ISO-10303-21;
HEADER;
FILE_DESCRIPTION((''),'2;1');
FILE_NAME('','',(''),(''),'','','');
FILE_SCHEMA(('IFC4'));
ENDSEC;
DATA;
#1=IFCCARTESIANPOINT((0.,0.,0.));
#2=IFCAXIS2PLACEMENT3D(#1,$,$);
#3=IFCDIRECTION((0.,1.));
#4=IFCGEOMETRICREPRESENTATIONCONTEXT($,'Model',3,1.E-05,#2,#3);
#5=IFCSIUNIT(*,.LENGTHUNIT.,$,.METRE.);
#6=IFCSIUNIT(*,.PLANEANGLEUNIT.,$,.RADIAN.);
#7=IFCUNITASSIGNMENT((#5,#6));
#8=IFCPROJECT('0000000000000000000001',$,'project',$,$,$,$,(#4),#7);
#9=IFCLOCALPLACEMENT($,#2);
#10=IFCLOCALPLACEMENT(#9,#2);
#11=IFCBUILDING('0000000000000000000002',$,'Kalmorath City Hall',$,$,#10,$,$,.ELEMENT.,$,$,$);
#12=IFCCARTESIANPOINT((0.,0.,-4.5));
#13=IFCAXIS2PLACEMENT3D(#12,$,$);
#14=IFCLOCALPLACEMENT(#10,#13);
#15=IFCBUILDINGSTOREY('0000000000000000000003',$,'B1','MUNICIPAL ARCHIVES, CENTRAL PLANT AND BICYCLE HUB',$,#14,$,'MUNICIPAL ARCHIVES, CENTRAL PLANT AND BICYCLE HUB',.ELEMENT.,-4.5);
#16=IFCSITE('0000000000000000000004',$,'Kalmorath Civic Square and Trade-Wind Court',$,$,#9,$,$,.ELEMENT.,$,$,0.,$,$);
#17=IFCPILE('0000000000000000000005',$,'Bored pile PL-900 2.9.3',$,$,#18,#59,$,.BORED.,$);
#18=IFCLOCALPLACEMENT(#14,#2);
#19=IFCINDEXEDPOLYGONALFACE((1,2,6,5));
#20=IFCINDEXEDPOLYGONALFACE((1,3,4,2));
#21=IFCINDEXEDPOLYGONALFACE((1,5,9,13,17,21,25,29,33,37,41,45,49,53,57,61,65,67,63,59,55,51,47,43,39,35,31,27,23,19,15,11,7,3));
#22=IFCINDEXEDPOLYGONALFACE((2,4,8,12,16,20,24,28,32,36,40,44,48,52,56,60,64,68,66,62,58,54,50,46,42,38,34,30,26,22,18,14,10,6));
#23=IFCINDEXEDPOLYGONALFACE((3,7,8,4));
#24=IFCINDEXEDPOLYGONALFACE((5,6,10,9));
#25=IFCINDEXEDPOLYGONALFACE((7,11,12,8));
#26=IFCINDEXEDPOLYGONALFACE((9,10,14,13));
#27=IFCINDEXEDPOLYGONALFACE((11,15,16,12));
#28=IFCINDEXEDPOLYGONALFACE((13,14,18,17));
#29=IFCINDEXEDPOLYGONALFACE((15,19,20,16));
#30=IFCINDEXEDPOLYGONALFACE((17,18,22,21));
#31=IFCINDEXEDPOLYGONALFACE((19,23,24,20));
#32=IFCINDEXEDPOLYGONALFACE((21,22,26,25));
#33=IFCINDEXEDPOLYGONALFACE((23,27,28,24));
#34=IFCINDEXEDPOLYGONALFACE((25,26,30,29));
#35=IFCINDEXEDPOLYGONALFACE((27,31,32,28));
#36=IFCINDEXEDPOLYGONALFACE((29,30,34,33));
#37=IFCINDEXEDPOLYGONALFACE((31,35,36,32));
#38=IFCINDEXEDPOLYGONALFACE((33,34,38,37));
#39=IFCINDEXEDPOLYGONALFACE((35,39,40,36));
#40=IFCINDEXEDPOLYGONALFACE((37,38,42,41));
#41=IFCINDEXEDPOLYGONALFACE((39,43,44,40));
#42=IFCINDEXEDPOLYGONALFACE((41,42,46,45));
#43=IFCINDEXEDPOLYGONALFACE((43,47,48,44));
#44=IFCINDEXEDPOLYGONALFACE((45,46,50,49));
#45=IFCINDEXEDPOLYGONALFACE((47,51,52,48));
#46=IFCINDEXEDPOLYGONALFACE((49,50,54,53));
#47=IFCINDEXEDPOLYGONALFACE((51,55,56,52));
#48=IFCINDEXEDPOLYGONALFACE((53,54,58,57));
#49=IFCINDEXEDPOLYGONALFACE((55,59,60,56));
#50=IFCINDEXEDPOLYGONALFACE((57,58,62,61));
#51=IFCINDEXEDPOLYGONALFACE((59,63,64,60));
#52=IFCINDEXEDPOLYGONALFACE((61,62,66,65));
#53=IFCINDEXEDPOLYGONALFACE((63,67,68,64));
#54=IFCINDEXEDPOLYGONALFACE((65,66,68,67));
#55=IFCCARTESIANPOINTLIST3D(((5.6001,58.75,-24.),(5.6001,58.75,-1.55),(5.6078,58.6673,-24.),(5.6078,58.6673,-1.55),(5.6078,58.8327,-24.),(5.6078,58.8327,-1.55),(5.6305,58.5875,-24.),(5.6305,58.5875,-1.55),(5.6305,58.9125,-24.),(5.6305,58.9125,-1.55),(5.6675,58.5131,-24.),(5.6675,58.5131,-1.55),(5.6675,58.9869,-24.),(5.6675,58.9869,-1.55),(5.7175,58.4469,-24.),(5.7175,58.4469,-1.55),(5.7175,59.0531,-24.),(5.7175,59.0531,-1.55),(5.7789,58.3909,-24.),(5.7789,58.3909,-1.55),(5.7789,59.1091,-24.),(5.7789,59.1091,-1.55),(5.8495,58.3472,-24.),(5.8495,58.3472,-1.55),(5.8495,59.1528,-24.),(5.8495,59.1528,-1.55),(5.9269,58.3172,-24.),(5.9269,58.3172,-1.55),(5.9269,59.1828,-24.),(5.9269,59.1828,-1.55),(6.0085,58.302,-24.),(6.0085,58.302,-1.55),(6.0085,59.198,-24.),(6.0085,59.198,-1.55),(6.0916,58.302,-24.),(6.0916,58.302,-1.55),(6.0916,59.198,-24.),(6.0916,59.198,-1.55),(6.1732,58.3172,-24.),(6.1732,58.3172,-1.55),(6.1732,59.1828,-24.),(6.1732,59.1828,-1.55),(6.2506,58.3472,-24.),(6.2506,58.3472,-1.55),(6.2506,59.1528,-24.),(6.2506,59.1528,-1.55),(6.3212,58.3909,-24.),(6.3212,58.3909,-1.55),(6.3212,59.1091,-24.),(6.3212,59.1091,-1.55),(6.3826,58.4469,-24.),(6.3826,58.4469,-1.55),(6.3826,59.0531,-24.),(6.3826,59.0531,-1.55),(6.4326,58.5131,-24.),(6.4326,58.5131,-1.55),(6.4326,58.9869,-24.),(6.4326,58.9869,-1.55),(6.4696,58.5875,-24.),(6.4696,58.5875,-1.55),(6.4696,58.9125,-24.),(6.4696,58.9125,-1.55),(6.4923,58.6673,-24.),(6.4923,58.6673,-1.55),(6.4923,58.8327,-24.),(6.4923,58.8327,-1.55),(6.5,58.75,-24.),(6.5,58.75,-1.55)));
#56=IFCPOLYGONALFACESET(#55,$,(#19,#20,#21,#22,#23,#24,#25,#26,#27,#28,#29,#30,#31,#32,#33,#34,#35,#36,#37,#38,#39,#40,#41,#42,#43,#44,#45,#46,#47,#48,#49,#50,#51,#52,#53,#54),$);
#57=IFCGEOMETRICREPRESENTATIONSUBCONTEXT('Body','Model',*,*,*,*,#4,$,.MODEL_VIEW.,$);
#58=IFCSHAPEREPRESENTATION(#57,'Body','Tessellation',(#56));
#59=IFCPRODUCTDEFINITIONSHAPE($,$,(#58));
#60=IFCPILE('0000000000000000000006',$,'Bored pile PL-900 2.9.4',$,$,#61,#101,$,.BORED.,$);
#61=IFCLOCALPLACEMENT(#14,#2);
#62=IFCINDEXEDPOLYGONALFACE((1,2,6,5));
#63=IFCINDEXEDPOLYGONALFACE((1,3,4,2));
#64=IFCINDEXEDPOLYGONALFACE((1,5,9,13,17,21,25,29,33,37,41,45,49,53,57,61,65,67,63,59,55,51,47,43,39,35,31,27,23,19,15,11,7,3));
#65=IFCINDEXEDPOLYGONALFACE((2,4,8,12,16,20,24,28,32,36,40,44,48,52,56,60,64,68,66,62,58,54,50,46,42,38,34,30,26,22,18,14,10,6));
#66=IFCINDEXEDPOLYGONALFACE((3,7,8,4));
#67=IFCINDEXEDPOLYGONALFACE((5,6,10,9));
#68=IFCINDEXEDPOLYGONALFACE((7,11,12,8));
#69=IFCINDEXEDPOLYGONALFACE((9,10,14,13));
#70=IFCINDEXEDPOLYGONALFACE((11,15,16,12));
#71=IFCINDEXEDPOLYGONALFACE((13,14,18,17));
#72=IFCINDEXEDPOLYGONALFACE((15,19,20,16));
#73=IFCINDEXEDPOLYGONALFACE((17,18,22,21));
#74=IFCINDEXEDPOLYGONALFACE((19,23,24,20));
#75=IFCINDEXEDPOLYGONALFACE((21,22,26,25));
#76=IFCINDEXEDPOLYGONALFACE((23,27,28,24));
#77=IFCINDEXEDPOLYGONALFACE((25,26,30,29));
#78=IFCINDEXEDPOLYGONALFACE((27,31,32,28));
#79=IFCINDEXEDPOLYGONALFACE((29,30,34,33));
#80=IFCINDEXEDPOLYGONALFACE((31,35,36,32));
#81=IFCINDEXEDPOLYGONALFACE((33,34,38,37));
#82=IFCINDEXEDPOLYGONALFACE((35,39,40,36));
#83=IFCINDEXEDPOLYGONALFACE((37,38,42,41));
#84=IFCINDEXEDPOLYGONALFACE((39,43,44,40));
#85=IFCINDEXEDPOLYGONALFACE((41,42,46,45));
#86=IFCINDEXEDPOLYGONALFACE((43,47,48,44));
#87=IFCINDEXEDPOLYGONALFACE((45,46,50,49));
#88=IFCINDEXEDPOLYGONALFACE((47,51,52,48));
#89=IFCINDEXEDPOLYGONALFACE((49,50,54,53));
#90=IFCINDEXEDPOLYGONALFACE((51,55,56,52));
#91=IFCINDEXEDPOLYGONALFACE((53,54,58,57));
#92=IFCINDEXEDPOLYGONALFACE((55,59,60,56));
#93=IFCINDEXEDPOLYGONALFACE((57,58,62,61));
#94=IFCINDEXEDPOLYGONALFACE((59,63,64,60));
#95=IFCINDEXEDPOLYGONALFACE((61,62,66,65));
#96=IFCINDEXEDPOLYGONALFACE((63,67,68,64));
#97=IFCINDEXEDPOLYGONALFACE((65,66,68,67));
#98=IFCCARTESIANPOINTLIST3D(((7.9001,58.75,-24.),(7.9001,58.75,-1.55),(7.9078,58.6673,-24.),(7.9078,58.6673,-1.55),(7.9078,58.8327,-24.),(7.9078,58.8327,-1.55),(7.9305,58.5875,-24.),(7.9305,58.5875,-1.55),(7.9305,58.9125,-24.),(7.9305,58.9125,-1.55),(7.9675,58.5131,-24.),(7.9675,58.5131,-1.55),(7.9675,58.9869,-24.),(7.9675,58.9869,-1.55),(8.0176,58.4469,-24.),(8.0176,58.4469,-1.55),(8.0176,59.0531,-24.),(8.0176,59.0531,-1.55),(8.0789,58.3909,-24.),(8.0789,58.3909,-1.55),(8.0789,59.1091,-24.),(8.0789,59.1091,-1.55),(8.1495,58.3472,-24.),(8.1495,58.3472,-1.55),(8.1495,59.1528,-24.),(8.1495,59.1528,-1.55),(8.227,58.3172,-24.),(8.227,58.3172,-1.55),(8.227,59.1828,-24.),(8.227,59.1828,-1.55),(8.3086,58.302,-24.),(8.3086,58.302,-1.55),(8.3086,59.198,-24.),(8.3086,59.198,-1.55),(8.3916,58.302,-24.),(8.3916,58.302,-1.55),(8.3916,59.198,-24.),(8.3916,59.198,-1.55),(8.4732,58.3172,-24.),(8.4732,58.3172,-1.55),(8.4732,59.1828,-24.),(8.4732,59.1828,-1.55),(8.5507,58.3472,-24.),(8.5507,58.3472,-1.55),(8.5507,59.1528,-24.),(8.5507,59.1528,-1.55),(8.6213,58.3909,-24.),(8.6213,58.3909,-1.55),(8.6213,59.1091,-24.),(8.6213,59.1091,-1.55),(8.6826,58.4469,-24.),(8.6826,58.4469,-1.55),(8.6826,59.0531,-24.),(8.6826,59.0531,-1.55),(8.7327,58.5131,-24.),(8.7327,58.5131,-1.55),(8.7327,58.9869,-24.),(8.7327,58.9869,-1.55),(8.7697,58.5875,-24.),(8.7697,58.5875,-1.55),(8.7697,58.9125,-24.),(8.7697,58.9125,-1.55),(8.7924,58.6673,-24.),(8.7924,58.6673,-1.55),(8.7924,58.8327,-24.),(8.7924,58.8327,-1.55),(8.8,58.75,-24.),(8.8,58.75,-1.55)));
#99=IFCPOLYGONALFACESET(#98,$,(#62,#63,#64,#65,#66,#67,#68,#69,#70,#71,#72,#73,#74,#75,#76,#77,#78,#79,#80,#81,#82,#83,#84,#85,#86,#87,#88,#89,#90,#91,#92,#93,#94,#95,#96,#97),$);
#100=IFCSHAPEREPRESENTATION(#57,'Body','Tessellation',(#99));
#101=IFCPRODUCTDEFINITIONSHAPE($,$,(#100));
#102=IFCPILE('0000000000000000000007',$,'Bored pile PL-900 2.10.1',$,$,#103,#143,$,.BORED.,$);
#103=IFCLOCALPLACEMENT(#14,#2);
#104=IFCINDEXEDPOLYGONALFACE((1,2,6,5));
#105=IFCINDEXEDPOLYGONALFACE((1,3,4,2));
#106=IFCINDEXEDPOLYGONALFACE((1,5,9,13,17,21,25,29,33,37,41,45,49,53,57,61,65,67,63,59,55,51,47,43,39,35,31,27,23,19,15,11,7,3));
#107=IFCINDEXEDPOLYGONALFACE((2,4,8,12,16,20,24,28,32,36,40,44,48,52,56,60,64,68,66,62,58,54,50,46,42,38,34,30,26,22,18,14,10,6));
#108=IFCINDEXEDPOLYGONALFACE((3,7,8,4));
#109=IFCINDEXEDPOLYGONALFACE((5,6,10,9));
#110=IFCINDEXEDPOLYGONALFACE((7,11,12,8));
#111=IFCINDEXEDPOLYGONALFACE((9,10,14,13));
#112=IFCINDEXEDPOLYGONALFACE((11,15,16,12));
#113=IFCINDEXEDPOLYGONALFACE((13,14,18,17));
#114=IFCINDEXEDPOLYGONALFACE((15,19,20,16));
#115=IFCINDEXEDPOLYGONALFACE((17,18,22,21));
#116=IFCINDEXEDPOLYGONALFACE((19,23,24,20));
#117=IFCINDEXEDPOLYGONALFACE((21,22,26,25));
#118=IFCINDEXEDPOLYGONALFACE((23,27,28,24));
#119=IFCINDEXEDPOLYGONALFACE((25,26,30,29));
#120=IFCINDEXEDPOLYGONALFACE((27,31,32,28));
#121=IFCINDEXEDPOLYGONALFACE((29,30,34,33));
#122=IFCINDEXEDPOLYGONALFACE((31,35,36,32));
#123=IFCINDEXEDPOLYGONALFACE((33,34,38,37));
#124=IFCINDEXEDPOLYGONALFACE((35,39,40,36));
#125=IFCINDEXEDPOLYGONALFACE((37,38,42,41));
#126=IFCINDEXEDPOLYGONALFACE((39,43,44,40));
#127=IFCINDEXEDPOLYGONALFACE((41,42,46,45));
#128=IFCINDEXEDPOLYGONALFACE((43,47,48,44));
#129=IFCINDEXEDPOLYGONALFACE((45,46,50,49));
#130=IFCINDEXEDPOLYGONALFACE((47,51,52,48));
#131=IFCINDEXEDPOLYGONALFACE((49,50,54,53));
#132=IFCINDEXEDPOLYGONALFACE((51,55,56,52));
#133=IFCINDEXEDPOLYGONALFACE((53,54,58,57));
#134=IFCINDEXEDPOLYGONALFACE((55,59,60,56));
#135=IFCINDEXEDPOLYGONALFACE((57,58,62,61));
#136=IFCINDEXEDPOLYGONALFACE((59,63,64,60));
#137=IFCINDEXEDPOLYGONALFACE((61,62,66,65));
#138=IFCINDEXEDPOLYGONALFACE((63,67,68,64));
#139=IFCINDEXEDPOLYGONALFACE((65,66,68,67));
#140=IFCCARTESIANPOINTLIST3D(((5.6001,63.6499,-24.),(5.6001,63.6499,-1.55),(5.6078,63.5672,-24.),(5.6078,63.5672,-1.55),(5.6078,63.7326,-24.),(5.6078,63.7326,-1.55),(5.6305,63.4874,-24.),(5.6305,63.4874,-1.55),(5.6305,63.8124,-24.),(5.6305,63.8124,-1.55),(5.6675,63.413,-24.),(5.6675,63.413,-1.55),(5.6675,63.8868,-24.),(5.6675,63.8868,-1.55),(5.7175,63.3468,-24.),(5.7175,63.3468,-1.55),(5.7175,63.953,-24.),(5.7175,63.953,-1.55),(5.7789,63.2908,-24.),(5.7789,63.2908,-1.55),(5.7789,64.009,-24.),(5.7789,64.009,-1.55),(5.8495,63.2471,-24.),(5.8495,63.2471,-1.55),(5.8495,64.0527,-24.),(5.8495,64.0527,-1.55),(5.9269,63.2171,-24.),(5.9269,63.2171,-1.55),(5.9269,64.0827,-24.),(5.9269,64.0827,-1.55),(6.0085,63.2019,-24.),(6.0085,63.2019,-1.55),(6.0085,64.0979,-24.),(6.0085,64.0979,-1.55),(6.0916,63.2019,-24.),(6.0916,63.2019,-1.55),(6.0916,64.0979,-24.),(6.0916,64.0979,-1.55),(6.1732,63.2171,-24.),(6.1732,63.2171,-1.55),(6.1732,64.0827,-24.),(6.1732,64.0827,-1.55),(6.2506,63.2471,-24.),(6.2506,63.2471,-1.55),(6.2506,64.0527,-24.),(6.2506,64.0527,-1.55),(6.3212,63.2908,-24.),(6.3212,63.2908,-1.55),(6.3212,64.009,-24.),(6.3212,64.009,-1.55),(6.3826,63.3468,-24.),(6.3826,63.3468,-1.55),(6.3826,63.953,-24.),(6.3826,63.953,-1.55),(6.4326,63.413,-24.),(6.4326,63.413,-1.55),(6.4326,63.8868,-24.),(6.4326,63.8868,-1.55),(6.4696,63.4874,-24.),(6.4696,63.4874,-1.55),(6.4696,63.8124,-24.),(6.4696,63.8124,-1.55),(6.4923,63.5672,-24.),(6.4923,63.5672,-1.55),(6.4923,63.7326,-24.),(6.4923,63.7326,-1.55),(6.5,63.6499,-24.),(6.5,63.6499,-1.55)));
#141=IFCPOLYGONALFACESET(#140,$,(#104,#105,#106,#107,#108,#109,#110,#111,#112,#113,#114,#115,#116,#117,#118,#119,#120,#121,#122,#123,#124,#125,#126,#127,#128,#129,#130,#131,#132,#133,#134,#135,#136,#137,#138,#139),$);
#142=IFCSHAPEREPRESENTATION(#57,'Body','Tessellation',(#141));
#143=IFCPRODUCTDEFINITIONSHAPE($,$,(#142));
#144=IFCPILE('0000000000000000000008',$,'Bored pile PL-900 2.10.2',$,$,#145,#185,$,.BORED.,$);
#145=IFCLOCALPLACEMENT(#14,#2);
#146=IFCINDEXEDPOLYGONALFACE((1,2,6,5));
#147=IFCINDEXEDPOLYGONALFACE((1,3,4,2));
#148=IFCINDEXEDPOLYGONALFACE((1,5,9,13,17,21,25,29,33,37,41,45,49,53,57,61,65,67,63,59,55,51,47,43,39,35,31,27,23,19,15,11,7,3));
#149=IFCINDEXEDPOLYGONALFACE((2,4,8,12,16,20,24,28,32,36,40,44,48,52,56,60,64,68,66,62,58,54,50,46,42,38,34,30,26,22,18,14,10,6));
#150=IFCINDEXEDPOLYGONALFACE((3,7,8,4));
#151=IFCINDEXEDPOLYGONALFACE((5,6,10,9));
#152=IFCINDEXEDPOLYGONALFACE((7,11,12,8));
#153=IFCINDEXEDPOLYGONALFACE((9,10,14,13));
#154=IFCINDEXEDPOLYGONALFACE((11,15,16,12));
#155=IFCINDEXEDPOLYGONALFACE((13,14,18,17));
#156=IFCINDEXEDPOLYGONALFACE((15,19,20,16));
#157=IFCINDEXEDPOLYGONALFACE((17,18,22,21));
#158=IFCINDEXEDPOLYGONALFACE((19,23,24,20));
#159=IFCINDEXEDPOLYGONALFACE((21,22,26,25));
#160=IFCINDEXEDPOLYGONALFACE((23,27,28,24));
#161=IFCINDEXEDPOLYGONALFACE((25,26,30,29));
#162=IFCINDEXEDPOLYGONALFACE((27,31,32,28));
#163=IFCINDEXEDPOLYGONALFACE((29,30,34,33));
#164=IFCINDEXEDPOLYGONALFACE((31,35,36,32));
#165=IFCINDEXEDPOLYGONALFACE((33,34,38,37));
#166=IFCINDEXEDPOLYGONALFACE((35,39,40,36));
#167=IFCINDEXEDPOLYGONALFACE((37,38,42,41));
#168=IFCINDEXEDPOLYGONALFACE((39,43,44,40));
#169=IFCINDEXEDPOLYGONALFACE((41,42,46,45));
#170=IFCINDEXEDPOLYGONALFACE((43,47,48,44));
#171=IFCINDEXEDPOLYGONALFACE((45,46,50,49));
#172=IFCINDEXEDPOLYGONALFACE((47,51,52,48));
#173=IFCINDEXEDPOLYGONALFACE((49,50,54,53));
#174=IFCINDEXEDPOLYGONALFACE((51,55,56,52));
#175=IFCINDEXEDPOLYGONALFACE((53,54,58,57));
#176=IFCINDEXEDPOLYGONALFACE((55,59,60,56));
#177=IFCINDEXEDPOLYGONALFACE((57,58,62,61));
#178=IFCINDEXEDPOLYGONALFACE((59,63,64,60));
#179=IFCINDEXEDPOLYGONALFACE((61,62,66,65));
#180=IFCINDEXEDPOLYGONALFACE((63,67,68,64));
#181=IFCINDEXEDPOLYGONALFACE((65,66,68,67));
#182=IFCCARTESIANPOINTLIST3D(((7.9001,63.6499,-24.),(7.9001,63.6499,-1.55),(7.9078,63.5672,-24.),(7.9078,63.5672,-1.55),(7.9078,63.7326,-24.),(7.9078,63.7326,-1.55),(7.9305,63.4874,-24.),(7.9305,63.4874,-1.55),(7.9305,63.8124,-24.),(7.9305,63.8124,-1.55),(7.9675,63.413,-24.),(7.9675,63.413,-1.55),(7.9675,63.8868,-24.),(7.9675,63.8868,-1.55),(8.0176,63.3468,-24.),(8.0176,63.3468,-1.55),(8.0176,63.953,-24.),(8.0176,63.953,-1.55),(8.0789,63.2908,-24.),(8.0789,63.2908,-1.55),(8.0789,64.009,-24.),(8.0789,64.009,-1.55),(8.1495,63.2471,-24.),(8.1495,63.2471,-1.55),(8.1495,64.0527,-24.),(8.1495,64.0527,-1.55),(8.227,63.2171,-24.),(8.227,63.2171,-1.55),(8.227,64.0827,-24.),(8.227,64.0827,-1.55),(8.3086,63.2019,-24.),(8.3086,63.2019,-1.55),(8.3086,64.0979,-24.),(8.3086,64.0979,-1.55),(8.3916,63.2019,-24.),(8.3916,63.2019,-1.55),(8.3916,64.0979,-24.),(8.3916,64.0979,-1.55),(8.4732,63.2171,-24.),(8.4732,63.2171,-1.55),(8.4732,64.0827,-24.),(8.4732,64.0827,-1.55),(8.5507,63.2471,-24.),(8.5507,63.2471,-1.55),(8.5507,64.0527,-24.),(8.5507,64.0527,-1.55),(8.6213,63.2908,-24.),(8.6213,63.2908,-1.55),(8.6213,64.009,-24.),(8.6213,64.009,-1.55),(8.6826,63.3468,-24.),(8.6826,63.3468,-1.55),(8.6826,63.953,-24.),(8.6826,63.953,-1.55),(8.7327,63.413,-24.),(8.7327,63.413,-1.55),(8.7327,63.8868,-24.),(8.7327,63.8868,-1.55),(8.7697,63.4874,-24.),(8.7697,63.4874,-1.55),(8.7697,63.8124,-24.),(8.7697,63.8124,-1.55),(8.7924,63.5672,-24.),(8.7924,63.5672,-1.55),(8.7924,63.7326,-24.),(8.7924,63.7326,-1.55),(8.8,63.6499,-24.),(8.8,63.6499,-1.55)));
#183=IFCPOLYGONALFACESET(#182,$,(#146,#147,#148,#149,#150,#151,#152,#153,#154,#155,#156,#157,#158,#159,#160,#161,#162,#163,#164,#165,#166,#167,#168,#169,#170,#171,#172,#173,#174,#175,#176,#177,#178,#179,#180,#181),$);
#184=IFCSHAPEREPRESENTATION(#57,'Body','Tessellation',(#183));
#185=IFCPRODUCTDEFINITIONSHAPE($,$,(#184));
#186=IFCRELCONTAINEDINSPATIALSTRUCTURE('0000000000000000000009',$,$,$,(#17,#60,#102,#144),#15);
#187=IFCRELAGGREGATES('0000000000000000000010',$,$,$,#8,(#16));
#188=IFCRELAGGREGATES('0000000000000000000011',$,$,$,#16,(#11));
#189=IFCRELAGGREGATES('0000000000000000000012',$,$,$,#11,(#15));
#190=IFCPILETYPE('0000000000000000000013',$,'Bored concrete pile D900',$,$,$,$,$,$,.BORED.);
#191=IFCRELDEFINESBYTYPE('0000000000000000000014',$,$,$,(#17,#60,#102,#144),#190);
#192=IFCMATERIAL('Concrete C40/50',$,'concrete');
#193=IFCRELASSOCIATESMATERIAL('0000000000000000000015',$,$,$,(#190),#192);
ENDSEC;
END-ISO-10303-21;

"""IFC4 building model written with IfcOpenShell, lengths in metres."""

from ifc_helpers import new_model, si_unit, direction, frame, origin, origin_2d, place, context, subcontext, project, spatial, circle, extrude, material, material_profile, profile_set, type_object, element, save


model = new_model("IFC4")

# Units and contexts
model_context = context("Model", 3, precision=1e-05, world=origin(), true_north=direction((0.0, 1.0)))
body_context = subcontext(model_context, "Body", "Model", "MODEL_VIEW")
ifc_project = project(units=[si_unit("LENGTHUNIT", "METRE"), si_unit("PLANEANGLEUNIT", "RADIAN")], contexts=[model_context])

# Site, building, storey
site_placement = place(None, origin())
site = spatial("IfcSite", under=ifc_project, at=site_placement, Name="Kalmorath Civic Square and Trade-Wind Court", CompositionType="ELEMENT", RefElevation=0.0)
building_placement = place(site_placement, origin())
building = spatial("IfcBuilding", under=site, at=building_placement, Name="Kalmorath City Hall", CompositionType="ELEMENT")
storey_placement = place(building_placement, frame((0.0, 0.0, -4.5)))
storey = spatial("IfcBuildingStorey", under=building, at=storey_placement, Name="B1", Description="MUNICIPAL ARCHIVES, CENTRAL PLANT AND BICYCLE HUB", LongName="MUNICIPAL ARCHIVES, CENTRAL PLANT AND BICYCLE HUB", CompositionType="ELEMENT", Elevation=-4.5)

# Piles
ifc_material_1 = material(Name="Concrete C40/50", Category="concrete")
ifc_material_profile_1 = material_profile(ifc_material_1, circle(Radius=0.45, at=origin_2d()), Name="PILE-D900")
ifc_profile_set_1 = profile_set([ifc_material_profile_1], Name="Concrete C40/50")
pile_type_1 = type_object("IfcPileType", Name="Bored concrete pile D900", PredefinedType="BORED", material=ifc_profile_set_1)
for number, where, z_axis, x_axis, name in (
    (1, (6.05, 58.75, -1.55), (0.0, 0.0, -1.0), (1.0, 0.0, 0.0), "Bored pile PL-900 2.9.3"),
    (2, (8.3501, 58.75, -1.55), (0.0, 0.0, -1.0), (1.0, 0.0, 0.0), "Bored pile PL-900 2.9.4"),
    (3, (6.05, 63.6499, -1.55), (0.0, 0.0, -1.0), (1.0, 0.0, 0.0), "Bored pile PL-900 2.10.1"),
    (4, (8.3501, 63.6499, -1.55), (0.0, 0.0, -1.0), (1.0, 0.0, 0.0), "Bored pile PL-900 2.10.2"),
):
    element("IfcPile", number, at=place(storey_placement, frame(where, z_axis=z_axis, x_axis=x_axis)), inside=storey, type_object=pile_type_1, Name=name, PredefinedType="BORED", context=body_context, shape_type="SweptSolid", body=[
        extrude(circle(Radius=0.45, at=origin_2d()), origin(), (0.0, 0.0, 1.0), 22.45),
    ])

save(model, "model.ifc")
